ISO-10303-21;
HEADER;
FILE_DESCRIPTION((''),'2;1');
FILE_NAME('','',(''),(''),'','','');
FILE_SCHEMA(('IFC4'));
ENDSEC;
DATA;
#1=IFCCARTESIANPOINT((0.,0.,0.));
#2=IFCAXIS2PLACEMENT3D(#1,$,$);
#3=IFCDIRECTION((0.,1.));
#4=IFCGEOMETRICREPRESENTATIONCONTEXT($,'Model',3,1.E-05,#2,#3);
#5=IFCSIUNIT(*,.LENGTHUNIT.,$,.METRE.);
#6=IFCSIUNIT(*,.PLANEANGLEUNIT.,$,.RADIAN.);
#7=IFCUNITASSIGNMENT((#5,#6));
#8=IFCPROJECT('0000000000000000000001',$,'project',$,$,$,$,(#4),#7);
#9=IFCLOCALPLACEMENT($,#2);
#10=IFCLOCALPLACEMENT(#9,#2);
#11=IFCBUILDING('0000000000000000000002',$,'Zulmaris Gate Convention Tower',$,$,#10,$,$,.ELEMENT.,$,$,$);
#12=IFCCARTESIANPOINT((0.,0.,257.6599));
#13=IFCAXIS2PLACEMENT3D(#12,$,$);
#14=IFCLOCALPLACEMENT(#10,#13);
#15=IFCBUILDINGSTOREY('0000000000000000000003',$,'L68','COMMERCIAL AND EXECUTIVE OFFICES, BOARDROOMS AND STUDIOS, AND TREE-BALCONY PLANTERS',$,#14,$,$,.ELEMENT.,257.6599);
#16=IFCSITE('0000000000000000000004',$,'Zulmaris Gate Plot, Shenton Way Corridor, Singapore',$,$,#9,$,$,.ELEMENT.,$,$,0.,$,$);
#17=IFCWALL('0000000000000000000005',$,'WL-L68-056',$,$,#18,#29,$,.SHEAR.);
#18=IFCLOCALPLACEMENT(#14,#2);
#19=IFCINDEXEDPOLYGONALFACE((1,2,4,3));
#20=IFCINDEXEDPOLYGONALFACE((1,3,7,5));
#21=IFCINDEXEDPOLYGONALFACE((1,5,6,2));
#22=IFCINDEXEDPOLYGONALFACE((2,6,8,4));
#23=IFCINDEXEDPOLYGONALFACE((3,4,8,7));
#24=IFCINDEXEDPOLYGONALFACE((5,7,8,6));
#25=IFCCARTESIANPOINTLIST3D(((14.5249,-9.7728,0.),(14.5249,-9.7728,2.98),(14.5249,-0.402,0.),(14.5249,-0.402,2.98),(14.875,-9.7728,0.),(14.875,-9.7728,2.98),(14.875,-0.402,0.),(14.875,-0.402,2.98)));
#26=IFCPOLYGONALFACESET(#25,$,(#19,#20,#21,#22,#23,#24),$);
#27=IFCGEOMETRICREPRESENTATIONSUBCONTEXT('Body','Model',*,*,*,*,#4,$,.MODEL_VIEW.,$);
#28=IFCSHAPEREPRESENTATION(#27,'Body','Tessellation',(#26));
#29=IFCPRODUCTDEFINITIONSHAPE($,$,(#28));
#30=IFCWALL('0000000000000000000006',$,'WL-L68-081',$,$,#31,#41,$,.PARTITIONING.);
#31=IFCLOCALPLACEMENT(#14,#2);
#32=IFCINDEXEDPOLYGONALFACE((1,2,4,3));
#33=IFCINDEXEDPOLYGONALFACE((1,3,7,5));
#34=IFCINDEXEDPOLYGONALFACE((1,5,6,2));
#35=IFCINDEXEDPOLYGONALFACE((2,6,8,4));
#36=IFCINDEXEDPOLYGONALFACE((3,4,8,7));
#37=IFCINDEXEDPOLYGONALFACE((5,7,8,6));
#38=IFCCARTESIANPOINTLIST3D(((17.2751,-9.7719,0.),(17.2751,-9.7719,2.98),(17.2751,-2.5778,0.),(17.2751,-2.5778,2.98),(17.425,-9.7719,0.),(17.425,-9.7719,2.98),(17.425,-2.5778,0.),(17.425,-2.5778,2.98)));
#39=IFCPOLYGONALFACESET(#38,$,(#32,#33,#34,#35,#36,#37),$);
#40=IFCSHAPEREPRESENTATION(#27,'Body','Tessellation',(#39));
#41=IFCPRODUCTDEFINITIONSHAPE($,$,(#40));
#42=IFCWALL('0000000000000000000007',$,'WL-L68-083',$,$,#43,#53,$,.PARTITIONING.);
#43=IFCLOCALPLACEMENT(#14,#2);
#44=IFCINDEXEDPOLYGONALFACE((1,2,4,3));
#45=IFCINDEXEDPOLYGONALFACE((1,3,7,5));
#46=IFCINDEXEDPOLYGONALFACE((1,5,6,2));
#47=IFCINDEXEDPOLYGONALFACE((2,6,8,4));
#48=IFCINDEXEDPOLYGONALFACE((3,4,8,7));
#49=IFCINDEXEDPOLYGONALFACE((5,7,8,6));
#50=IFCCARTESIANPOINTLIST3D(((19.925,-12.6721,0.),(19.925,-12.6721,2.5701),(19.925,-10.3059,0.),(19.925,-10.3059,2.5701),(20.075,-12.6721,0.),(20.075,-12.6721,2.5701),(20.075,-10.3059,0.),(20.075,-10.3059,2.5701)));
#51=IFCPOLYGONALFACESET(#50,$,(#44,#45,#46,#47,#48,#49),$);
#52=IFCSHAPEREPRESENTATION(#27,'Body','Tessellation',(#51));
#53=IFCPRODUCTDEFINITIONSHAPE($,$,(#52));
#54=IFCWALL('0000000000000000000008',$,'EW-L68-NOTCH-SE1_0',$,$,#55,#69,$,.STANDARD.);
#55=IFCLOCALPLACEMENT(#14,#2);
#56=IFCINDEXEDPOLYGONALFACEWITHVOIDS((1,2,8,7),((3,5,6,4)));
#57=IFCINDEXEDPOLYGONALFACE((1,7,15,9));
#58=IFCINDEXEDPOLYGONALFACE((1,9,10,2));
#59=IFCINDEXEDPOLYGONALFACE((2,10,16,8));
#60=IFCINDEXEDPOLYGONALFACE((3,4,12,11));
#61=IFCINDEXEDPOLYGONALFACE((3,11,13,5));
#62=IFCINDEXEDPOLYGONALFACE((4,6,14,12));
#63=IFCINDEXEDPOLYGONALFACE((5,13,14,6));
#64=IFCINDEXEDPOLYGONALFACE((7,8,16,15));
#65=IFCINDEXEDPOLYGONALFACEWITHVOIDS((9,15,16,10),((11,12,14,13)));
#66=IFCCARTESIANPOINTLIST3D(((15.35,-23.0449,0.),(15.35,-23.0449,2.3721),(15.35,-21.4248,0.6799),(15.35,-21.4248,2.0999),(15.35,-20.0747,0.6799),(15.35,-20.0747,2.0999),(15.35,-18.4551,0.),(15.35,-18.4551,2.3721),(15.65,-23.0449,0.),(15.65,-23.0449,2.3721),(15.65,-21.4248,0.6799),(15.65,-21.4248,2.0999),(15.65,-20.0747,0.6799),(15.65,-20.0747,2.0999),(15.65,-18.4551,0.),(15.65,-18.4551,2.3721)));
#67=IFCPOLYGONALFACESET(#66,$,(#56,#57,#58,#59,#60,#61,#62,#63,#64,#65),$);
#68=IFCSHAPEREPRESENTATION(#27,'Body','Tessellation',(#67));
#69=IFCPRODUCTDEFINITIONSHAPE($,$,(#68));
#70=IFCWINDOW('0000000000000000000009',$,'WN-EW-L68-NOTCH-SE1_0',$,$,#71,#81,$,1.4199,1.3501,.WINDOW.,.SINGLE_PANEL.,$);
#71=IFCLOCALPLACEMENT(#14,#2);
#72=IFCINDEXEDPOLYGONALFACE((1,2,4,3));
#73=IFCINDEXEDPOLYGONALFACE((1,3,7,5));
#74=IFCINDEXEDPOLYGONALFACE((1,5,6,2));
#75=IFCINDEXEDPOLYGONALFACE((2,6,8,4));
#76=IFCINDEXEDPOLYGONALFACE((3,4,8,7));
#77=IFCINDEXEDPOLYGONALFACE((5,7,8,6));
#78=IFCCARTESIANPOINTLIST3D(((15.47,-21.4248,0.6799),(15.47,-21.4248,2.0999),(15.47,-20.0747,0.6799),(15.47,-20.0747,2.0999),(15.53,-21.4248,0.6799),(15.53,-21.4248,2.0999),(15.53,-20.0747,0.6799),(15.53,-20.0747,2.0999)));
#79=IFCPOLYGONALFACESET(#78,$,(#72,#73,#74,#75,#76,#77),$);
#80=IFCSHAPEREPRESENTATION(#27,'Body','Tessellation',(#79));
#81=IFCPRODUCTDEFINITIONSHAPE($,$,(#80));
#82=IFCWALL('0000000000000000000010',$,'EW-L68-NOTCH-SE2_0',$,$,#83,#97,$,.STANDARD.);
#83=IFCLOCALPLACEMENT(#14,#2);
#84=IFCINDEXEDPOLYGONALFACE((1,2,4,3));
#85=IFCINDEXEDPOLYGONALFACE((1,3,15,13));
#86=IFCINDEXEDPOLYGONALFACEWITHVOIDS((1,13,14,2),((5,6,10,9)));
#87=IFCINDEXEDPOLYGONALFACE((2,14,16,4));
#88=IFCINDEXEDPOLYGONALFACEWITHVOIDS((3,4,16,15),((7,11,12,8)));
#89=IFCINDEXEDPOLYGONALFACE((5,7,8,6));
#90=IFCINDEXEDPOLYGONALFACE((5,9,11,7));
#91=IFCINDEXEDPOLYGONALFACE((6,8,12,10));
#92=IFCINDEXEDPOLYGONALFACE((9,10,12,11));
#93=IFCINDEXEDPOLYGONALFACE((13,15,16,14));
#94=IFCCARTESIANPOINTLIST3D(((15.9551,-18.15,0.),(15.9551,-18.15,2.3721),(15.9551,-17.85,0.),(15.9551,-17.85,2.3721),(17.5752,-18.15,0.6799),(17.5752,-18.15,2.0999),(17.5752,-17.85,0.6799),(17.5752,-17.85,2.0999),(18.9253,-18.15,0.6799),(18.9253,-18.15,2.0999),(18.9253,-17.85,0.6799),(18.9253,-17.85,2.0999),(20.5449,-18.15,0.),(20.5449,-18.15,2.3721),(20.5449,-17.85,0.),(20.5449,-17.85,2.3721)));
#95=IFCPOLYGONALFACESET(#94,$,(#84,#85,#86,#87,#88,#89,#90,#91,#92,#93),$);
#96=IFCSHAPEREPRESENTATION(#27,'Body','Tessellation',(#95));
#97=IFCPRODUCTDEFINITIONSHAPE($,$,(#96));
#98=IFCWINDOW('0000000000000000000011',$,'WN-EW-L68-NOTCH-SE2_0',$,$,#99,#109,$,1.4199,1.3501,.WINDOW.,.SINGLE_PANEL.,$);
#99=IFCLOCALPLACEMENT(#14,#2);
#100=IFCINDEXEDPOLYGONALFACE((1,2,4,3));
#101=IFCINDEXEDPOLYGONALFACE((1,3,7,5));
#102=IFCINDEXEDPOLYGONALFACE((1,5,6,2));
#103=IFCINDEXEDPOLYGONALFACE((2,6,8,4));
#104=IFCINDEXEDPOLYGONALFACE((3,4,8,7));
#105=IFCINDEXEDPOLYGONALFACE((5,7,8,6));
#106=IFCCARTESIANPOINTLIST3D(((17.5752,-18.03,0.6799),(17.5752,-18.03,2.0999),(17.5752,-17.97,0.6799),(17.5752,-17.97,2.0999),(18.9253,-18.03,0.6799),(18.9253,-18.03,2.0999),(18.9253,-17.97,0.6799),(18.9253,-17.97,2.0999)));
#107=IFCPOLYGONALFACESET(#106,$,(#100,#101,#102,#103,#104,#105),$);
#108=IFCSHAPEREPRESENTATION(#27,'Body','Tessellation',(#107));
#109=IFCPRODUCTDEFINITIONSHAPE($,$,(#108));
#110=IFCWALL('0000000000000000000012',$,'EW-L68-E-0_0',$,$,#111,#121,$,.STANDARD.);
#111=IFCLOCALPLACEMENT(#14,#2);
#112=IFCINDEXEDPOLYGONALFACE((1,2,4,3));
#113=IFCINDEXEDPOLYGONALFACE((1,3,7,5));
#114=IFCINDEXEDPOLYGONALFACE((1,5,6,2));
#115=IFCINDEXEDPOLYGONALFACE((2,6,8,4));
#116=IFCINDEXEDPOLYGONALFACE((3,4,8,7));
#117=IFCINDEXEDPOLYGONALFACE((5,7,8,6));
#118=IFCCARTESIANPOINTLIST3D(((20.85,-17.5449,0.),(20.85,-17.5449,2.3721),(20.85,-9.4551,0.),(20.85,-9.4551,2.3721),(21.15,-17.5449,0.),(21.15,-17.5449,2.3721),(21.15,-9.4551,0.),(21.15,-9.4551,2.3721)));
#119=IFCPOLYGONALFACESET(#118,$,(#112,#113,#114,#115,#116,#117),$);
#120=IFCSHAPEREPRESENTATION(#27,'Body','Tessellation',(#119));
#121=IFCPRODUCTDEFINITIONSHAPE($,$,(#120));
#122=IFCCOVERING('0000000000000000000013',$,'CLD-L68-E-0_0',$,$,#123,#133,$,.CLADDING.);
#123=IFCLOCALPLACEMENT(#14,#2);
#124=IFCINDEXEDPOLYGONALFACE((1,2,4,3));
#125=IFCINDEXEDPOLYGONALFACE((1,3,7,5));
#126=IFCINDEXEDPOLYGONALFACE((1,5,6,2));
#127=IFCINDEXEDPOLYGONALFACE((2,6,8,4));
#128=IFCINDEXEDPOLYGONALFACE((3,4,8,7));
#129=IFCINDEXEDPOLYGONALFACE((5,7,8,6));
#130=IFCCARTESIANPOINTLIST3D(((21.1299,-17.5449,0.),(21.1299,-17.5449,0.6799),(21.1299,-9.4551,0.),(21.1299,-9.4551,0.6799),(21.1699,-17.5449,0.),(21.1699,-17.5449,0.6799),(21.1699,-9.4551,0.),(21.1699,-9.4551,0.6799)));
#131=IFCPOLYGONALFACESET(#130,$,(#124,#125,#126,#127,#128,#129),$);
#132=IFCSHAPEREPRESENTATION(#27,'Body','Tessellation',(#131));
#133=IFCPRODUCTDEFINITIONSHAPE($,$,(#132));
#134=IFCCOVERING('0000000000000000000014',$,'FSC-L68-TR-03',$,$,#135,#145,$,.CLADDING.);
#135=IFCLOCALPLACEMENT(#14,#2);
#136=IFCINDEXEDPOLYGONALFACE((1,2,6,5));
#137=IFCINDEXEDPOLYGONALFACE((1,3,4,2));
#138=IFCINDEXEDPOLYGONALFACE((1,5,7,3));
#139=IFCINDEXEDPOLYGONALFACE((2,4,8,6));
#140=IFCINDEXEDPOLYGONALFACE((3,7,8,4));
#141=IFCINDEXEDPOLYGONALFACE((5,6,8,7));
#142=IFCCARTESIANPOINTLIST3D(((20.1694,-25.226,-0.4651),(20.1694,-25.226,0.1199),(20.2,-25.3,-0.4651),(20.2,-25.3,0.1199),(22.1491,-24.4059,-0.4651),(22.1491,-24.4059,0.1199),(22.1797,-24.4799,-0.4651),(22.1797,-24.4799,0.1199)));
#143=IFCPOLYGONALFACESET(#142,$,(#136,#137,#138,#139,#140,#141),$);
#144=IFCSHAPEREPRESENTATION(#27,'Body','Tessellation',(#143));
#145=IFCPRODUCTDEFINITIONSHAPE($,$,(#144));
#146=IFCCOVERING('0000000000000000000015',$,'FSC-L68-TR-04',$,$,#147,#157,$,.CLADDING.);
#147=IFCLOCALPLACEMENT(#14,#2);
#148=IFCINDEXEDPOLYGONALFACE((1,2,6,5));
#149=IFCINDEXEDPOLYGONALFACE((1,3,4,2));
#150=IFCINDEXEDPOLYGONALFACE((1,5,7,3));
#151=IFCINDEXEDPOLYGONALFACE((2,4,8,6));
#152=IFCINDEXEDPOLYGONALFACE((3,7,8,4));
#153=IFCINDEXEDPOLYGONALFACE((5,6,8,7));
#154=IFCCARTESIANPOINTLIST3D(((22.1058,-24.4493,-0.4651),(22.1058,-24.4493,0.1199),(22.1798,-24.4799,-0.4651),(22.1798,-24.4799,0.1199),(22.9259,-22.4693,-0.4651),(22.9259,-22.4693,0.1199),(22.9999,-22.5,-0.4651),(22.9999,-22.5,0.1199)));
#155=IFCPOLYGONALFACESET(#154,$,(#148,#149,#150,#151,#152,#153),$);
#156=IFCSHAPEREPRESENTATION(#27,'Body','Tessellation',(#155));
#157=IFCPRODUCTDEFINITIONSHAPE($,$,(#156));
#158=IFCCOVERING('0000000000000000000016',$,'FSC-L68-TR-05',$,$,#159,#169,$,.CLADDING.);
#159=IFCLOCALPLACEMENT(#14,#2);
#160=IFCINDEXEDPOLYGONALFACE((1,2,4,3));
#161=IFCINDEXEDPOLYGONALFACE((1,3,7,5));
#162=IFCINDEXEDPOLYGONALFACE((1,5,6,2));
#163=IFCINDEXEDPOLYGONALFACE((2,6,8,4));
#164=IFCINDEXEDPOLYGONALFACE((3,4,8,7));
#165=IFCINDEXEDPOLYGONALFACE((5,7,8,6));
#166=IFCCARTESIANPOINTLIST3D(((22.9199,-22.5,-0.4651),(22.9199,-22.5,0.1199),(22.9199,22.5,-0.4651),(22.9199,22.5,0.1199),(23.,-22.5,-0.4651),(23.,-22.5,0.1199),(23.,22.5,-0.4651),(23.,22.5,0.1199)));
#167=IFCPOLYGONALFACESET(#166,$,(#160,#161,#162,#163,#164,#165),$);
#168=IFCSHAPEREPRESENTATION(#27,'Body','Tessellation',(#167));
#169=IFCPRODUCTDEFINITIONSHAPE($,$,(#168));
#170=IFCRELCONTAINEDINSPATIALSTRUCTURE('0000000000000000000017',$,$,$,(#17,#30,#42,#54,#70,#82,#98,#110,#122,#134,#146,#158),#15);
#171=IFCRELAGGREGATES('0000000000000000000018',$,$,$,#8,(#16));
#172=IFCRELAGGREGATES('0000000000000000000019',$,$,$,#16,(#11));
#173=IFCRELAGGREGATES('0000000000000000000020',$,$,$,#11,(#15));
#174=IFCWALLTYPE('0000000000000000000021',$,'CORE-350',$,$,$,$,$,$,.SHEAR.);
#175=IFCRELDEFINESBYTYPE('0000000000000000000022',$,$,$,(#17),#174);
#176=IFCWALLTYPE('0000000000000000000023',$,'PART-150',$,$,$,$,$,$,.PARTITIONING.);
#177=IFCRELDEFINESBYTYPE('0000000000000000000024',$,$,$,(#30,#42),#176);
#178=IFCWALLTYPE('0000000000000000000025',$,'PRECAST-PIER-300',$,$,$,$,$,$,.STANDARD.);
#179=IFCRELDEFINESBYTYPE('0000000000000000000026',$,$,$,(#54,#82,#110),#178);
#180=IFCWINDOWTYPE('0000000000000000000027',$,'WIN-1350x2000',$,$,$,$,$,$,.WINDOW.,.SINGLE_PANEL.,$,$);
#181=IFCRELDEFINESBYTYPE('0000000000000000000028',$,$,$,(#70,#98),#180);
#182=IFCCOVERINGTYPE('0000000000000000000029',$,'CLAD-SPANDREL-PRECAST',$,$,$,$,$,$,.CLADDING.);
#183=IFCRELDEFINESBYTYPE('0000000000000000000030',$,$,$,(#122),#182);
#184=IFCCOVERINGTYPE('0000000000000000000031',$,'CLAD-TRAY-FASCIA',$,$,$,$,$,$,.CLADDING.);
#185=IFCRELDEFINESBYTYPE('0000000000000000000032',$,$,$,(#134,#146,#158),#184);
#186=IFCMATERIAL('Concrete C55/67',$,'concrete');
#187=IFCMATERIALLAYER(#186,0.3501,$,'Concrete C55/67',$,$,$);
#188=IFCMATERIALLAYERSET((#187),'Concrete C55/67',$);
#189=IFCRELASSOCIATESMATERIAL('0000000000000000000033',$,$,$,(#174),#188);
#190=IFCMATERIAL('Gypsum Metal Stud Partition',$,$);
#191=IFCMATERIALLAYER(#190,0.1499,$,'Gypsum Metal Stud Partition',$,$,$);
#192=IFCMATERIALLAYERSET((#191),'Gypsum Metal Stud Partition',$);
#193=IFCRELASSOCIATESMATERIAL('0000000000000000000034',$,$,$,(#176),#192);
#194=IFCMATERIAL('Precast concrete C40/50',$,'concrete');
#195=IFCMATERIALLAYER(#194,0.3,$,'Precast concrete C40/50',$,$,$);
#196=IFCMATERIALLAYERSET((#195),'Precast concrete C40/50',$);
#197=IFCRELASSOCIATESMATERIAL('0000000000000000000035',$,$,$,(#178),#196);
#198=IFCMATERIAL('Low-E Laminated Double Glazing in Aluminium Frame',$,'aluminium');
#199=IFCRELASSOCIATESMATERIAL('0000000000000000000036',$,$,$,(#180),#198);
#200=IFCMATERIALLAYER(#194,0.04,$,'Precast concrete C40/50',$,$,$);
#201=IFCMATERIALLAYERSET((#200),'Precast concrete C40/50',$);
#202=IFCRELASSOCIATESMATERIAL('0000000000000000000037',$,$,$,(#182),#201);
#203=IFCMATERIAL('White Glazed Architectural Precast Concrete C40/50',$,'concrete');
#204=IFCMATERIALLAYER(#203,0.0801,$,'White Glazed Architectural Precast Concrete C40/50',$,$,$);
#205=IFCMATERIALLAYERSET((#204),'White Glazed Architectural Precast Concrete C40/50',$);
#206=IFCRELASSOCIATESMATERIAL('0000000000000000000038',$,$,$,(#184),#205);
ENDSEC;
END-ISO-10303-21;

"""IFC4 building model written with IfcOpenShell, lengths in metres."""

from ifc_helpers import new_model, si_unit, direction, frame, frame_2d, origin, place, context, subcontext, project, spatial, rectangle, extrude, material, layer, layer_set, type_object, element, fill, save


model = new_model("IFC4")

# Units and contexts
model_context = context("Model", 3, precision=1e-05, world=origin(), true_north=direction((0.0, 1.0)))
body_context = subcontext(model_context, "Body", "Model", "MODEL_VIEW")
ifc_project = project(units=[si_unit("LENGTHUNIT", "METRE"), si_unit("PLANEANGLEUNIT", "RADIAN")], contexts=[model_context])

# Site, building, storey
site_placement = place(None, origin())
site = spatial("IfcSite", under=ifc_project, at=site_placement, Name="Zulmaris Gate Plot, Shenton Way Corridor, Singapore", CompositionType="ELEMENT", RefElevation=0.0)
building_placement = place(site_placement, origin())
building = spatial("IfcBuilding", under=site, at=building_placement, Name="Zulmaris Gate Convention Tower", CompositionType="ELEMENT")
storey_placement = place(building_placement, frame((0.0, 0.0, 257.6599)))
storey = spatial("IfcBuildingStorey", under=building, at=storey_placement, Name="L68", Description="COMMERCIAL AND EXECUTIVE OFFICES, BOARDROOMS AND STUDIOS, AND TREE-BALCONY PLANTERS", CompositionType="ELEMENT", Elevation=257.6599)

# Walls
ifc_material_1 = material(Name="Concrete C55/67", Category="concrete")
ifc_layer_1 = layer(ifc_material_1, 0.3501, Name="Concrete C55/67")
ifc_layer_set_1 = layer_set([ifc_layer_1], Name="Concrete C55/67")
wall_type_1 = type_object("IfcWallType", Name="CORE-350", PredefinedType="SHEAR", material=ifc_layer_set_1)
wall_1_placement = place(storey_placement, frame((14.7, -9.7729, 0.0), z_axis=(0.0, 0.0, 1.0), x_axis=(0.0, 1.0, 0.0)))
element("IfcWall", 1, at=wall_1_placement, inside=storey, type_object=wall_type_1, Name="WL-L68-056", PredefinedType="SHEAR", context=body_context, shape_type="SweptSolid", body=[
    extrude(rectangle(XDim=9.3708, YDim=0.3501, at=frame_2d((4.6855, 0.0))), origin(), (0.0, 0.0, 1.0), 2.98),
])
ifc_material_2 = material(Name="Gypsum Metal Stud Partition")
ifc_layer_2 = layer(ifc_material_2, 0.1499, Name="Gypsum Metal Stud Partition")
ifc_layer_set_2 = layer_set([ifc_layer_2], Name="Gypsum Metal Stud Partition")
wall_type_2 = type_object("IfcWallType", Name="PART-150", PredefinedType="PARTITIONING", material=ifc_layer_set_2)
wall_2_placement = place(storey_placement, frame((17.3501, -9.772, 0.0), z_axis=(0.0, 0.0, 1.0), x_axis=(0.0, 1.0, 0.0)))
element("IfcWall", 2, at=wall_2_placement, inside=storey, type_object=wall_type_2, Name="WL-L68-081", PredefinedType="PARTITIONING", context=body_context, shape_type="SweptSolid", body=[
    extrude(rectangle(XDim=7.1941, YDim=0.1499, at=frame_2d((3.5972, 0.0))), origin(), (0.0, 0.0, 1.0), 2.98),
])
wall_3_placement = place(storey_placement, frame((20.0, -12.6721, 0.0), z_axis=(0.0, 0.0, 1.0), x_axis=(0.0, 1.0, 0.0)))
element("IfcWall", 3, at=wall_3_placement, inside=storey, type_object=wall_type_2, Name="WL-L68-083", PredefinedType="PARTITIONING", context=body_context, shape_type="SweptSolid", body=[
    extrude(rectangle(XDim=2.3662, YDim=0.1499, at=frame_2d((1.1831, 0.0))), origin(), (0.0, 0.0, 1.0), 2.5701),
])

# Walls, openings, windows
ifc_material_3 = material(Name="Precast concrete C40/50", Category="concrete")
ifc_layer_3 = layer(ifc_material_3, 0.3, Name="Precast concrete C40/50")
ifc_layer_set_3 = layer_set([ifc_layer_3], Name="Precast concrete C40/50")
wall_type_3 = type_object("IfcWallType", Name="PRECAST-PIER-300", PredefinedType="STANDARD", material=ifc_layer_set_3)
wall_4_placement = place(storey_placement, frame((15.5, -23.0449, 0.0), z_axis=(0.0, 0.0, 1.0), x_axis=(0.0, 1.0, 0.0)))
wall_4 = element("IfcWall", 4, at=wall_4_placement, inside=storey, type_object=wall_type_3, Name="EW-L68-NOTCH-SE1_0", PredefinedType="STANDARD", context=body_context, shape_type="SweptSolid", body=[
    extrude(rectangle(XDim=4.5898, YDim=0.3, at=frame_2d((2.2949, 0.0))), origin(), (0.0, 0.0, 1.0), 2.3721),
])
opening_1_placement = place(wall_4_placement, frame((1.6201, 0.0, 0.6799)))
opening_1 = element("IfcOpeningElement", 5, at=opening_1_placement, cuts=wall_4, PredefinedType="OPENING", context=body_context, shape_type="SweptSolid", body=[
    extrude(rectangle(XDim=1.3501, YDim=1.4199, at=frame_2d((0.675, 0.71))), frame((0.0, 0.1602, 0.0), z_axis=(0.0, -1.0, 0.0), x_axis=(1.0, 0.0, 0.0)), (0.0, 0.0, 1.0), 0.3201),
])
ifc_material_4 = material(Name="Low-E Laminated Double Glazing in Aluminium Frame", Category="aluminium")
window_type = type_object("IfcWindowType", Name="WIN-1350x2000", PartitioningType="SINGLE_PANEL", PredefinedType="WINDOW", material=ifc_material_4)
window_1_placement = place(opening_1_placement, origin())
window_1 = element("IfcWindow", 6, at=window_1_placement, inside=storey, type_object=window_type, Name="WN-EW-L68-NOTCH-SE1_0", OverallHeight=1.4199, OverallWidth=1.3501, PartitioningType="SINGLE_PANEL", PredefinedType="WINDOW", context=body_context, shape_type="SweptSolid", body=[
    extrude(rectangle(XDim=1.3501, YDim=1.4199, at=frame_2d((0.675, 0.71))), frame((0.0, 0.03, 0.0), z_axis=(0.0, -1.0, 0.0), x_axis=(1.0, 0.0, 0.0)), (0.0, 0.0, 1.0), 0.0601),
])
fill(opening_1, window_1)
wall_5_placement = place(storey_placement, frame((15.9551, -18.0, 0.0), z_axis=(0.0, 0.0, 1.0), x_axis=(1.0, 0.0, 0.0)))
wall_5 = element("IfcWall", 7, at=wall_5_placement, inside=storey, type_object=wall_type_3, Name="EW-L68-NOTCH-SE2_0", PredefinedType="STANDARD", context=body_context, shape_type="SweptSolid", body=[
    extrude(rectangle(XDim=4.5898, YDim=0.3, at=frame_2d((2.2949, 0.0))), origin(), (0.0, 0.0, 1.0), 2.3721),
])
opening_2_placement = place(wall_5_placement, frame((1.6201, 0.0, 0.6799)))
opening_2 = element("IfcOpeningElement", 8, at=opening_2_placement, cuts=wall_5, PredefinedType="OPENING", context=body_context, shape_type="SweptSolid", body=[
    extrude(rectangle(XDim=1.3501, YDim=1.4199, at=frame_2d((0.675, 0.71))), frame((0.0, 0.1602, 0.0), z_axis=(0.0, -1.0, 0.0), x_axis=(1.0, 0.0, 0.0)), (0.0, 0.0, 1.0), 0.3201),
])
window_2_placement = place(opening_2_placement, origin())
window_2 = element("IfcWindow", 9, at=window_2_placement, inside=storey, type_object=window_type, Name="WN-EW-L68-NOTCH-SE2_0", OverallHeight=1.4199, OverallWidth=1.3501, PartitioningType="SINGLE_PANEL", PredefinedType="WINDOW", context=body_context, shape_type="SweptSolid", body=[
    extrude(rectangle(XDim=1.3501, YDim=1.4199, at=frame_2d((0.675, 0.71))), frame((0.0, 0.03, 0.0), z_axis=(0.0, -1.0, 0.0), x_axis=(1.0, 0.0, 0.0)), (0.0, 0.0, 1.0), 0.0601),
])
fill(opening_2, window_2)

# Wall
wall_6_placement = place(storey_placement, frame((21.0, -17.5449, 0.0), z_axis=(0.0, 0.0, 1.0), x_axis=(0.0, 1.0, 0.0)))
element("IfcWall", 10, at=wall_6_placement, inside=storey, type_object=wall_type_3, Name="EW-L68-E-0_0", PredefinedType="STANDARD", context=body_context, shape_type="SweptSolid", body=[
    extrude(rectangle(XDim=8.0898, YDim=0.3, at=frame_2d((4.0449, 0.0))), origin(), (0.0, 0.0, 1.0), 2.3721),
])

# Coverings
ifc_layer_4 = layer(ifc_material_3, 0.04, Name="Precast concrete C40/50")
ifc_layer_set_4 = layer_set([ifc_layer_4], Name="Precast concrete C40/50")
covering_type_1 = type_object("IfcCoveringType", Name="CLAD-SPANDREL-PRECAST", PredefinedType="CLADDING", material=ifc_layer_set_4)
covering_1_placement = place(storey_placement, frame((21.1499, -17.5449, 0.0), z_axis=(0.0, 0.0, 1.0), x_axis=(0.0, 1.0, 0.0)))
element("IfcCovering", 11, at=covering_1_placement, inside=storey, type_object=covering_type_1, Name="CLD-L68-E-0_0", PredefinedType="CLADDING", context=body_context, shape_type="SweptSolid", body=[
    extrude(rectangle(XDim=8.0898, YDim=0.04, at=frame_2d((4.0449, 0.0))), origin(), (0.0, 0.0, 1.0), 0.6799),
])
ifc_material_5 = material(Name="White Glazed Architectural Precast Concrete C40/50", Category="concrete")
ifc_layer_5 = layer(ifc_material_5, 0.0801, Name="White Glazed Architectural Precast Concrete C40/50")
ifc_layer_set_5 = layer_set([ifc_layer_5], Name="White Glazed Architectural Precast Concrete C40/50")
covering_type_2 = type_object("IfcCoveringType", Name="CLAD-TRAY-FASCIA", PredefinedType="CLADDING", material=ifc_layer_set_5)
covering_2_placement = place(storey_placement, frame((20.1848, -25.2629, -0.4651), z_axis=(0.0, 0.0, 1.0), x_axis=(0.923874, 0.382697, 0.0)))
element("IfcCovering", 12, at=covering_2_placement, inside=storey, type_object=covering_type_2, Name="FSC-L68-TR-03", PredefinedType="CLADDING", context=body_context, shape_type="SweptSolid", body=[
    extrude(rectangle(XDim=2.1428, YDim=0.0801, at=frame_2d((1.0713, 0.0))), origin(), (0.0, 0.0, 1.0), 0.585),
])
covering_3_placement = place(storey_placement, frame((22.1428, -24.4646, -0.4651), z_axis=(0.0, 0.0, 1.0), x_axis=(0.382657, 0.92389, 0.0)))
element("IfcCovering", 13, at=covering_3_placement, inside=storey, type_object=covering_type_2, Name="FSC-L68-TR-04", PredefinedType="CLADDING", context=body_context, shape_type="SweptSolid", body=[
    extrude(rectangle(XDim=2.1431, YDim=0.0801, at=frame_2d((1.0715, 0.0))), origin(), (0.0, 0.0, 1.0), 0.585),
])
covering_4_placement = place(storey_placement, frame((22.96, -22.5, -0.4651), z_axis=(0.0, 0.0, 1.0), x_axis=(0.0, 1.0, 0.0)))
element("IfcCovering", 14, at=covering_4_placement, inside=storey, type_object=covering_type_2, Name="FSC-L68-TR-05", PredefinedType="CLADDING", context=body_context, shape_type="SweptSolid", body=[
    extrude(rectangle(XDim=45.0, YDim=0.0801, at=frame_2d((22.5, 0.0))), origin(), (0.0, 0.0, 1.0), 0.585),
])

save(model, "model.ifc")
